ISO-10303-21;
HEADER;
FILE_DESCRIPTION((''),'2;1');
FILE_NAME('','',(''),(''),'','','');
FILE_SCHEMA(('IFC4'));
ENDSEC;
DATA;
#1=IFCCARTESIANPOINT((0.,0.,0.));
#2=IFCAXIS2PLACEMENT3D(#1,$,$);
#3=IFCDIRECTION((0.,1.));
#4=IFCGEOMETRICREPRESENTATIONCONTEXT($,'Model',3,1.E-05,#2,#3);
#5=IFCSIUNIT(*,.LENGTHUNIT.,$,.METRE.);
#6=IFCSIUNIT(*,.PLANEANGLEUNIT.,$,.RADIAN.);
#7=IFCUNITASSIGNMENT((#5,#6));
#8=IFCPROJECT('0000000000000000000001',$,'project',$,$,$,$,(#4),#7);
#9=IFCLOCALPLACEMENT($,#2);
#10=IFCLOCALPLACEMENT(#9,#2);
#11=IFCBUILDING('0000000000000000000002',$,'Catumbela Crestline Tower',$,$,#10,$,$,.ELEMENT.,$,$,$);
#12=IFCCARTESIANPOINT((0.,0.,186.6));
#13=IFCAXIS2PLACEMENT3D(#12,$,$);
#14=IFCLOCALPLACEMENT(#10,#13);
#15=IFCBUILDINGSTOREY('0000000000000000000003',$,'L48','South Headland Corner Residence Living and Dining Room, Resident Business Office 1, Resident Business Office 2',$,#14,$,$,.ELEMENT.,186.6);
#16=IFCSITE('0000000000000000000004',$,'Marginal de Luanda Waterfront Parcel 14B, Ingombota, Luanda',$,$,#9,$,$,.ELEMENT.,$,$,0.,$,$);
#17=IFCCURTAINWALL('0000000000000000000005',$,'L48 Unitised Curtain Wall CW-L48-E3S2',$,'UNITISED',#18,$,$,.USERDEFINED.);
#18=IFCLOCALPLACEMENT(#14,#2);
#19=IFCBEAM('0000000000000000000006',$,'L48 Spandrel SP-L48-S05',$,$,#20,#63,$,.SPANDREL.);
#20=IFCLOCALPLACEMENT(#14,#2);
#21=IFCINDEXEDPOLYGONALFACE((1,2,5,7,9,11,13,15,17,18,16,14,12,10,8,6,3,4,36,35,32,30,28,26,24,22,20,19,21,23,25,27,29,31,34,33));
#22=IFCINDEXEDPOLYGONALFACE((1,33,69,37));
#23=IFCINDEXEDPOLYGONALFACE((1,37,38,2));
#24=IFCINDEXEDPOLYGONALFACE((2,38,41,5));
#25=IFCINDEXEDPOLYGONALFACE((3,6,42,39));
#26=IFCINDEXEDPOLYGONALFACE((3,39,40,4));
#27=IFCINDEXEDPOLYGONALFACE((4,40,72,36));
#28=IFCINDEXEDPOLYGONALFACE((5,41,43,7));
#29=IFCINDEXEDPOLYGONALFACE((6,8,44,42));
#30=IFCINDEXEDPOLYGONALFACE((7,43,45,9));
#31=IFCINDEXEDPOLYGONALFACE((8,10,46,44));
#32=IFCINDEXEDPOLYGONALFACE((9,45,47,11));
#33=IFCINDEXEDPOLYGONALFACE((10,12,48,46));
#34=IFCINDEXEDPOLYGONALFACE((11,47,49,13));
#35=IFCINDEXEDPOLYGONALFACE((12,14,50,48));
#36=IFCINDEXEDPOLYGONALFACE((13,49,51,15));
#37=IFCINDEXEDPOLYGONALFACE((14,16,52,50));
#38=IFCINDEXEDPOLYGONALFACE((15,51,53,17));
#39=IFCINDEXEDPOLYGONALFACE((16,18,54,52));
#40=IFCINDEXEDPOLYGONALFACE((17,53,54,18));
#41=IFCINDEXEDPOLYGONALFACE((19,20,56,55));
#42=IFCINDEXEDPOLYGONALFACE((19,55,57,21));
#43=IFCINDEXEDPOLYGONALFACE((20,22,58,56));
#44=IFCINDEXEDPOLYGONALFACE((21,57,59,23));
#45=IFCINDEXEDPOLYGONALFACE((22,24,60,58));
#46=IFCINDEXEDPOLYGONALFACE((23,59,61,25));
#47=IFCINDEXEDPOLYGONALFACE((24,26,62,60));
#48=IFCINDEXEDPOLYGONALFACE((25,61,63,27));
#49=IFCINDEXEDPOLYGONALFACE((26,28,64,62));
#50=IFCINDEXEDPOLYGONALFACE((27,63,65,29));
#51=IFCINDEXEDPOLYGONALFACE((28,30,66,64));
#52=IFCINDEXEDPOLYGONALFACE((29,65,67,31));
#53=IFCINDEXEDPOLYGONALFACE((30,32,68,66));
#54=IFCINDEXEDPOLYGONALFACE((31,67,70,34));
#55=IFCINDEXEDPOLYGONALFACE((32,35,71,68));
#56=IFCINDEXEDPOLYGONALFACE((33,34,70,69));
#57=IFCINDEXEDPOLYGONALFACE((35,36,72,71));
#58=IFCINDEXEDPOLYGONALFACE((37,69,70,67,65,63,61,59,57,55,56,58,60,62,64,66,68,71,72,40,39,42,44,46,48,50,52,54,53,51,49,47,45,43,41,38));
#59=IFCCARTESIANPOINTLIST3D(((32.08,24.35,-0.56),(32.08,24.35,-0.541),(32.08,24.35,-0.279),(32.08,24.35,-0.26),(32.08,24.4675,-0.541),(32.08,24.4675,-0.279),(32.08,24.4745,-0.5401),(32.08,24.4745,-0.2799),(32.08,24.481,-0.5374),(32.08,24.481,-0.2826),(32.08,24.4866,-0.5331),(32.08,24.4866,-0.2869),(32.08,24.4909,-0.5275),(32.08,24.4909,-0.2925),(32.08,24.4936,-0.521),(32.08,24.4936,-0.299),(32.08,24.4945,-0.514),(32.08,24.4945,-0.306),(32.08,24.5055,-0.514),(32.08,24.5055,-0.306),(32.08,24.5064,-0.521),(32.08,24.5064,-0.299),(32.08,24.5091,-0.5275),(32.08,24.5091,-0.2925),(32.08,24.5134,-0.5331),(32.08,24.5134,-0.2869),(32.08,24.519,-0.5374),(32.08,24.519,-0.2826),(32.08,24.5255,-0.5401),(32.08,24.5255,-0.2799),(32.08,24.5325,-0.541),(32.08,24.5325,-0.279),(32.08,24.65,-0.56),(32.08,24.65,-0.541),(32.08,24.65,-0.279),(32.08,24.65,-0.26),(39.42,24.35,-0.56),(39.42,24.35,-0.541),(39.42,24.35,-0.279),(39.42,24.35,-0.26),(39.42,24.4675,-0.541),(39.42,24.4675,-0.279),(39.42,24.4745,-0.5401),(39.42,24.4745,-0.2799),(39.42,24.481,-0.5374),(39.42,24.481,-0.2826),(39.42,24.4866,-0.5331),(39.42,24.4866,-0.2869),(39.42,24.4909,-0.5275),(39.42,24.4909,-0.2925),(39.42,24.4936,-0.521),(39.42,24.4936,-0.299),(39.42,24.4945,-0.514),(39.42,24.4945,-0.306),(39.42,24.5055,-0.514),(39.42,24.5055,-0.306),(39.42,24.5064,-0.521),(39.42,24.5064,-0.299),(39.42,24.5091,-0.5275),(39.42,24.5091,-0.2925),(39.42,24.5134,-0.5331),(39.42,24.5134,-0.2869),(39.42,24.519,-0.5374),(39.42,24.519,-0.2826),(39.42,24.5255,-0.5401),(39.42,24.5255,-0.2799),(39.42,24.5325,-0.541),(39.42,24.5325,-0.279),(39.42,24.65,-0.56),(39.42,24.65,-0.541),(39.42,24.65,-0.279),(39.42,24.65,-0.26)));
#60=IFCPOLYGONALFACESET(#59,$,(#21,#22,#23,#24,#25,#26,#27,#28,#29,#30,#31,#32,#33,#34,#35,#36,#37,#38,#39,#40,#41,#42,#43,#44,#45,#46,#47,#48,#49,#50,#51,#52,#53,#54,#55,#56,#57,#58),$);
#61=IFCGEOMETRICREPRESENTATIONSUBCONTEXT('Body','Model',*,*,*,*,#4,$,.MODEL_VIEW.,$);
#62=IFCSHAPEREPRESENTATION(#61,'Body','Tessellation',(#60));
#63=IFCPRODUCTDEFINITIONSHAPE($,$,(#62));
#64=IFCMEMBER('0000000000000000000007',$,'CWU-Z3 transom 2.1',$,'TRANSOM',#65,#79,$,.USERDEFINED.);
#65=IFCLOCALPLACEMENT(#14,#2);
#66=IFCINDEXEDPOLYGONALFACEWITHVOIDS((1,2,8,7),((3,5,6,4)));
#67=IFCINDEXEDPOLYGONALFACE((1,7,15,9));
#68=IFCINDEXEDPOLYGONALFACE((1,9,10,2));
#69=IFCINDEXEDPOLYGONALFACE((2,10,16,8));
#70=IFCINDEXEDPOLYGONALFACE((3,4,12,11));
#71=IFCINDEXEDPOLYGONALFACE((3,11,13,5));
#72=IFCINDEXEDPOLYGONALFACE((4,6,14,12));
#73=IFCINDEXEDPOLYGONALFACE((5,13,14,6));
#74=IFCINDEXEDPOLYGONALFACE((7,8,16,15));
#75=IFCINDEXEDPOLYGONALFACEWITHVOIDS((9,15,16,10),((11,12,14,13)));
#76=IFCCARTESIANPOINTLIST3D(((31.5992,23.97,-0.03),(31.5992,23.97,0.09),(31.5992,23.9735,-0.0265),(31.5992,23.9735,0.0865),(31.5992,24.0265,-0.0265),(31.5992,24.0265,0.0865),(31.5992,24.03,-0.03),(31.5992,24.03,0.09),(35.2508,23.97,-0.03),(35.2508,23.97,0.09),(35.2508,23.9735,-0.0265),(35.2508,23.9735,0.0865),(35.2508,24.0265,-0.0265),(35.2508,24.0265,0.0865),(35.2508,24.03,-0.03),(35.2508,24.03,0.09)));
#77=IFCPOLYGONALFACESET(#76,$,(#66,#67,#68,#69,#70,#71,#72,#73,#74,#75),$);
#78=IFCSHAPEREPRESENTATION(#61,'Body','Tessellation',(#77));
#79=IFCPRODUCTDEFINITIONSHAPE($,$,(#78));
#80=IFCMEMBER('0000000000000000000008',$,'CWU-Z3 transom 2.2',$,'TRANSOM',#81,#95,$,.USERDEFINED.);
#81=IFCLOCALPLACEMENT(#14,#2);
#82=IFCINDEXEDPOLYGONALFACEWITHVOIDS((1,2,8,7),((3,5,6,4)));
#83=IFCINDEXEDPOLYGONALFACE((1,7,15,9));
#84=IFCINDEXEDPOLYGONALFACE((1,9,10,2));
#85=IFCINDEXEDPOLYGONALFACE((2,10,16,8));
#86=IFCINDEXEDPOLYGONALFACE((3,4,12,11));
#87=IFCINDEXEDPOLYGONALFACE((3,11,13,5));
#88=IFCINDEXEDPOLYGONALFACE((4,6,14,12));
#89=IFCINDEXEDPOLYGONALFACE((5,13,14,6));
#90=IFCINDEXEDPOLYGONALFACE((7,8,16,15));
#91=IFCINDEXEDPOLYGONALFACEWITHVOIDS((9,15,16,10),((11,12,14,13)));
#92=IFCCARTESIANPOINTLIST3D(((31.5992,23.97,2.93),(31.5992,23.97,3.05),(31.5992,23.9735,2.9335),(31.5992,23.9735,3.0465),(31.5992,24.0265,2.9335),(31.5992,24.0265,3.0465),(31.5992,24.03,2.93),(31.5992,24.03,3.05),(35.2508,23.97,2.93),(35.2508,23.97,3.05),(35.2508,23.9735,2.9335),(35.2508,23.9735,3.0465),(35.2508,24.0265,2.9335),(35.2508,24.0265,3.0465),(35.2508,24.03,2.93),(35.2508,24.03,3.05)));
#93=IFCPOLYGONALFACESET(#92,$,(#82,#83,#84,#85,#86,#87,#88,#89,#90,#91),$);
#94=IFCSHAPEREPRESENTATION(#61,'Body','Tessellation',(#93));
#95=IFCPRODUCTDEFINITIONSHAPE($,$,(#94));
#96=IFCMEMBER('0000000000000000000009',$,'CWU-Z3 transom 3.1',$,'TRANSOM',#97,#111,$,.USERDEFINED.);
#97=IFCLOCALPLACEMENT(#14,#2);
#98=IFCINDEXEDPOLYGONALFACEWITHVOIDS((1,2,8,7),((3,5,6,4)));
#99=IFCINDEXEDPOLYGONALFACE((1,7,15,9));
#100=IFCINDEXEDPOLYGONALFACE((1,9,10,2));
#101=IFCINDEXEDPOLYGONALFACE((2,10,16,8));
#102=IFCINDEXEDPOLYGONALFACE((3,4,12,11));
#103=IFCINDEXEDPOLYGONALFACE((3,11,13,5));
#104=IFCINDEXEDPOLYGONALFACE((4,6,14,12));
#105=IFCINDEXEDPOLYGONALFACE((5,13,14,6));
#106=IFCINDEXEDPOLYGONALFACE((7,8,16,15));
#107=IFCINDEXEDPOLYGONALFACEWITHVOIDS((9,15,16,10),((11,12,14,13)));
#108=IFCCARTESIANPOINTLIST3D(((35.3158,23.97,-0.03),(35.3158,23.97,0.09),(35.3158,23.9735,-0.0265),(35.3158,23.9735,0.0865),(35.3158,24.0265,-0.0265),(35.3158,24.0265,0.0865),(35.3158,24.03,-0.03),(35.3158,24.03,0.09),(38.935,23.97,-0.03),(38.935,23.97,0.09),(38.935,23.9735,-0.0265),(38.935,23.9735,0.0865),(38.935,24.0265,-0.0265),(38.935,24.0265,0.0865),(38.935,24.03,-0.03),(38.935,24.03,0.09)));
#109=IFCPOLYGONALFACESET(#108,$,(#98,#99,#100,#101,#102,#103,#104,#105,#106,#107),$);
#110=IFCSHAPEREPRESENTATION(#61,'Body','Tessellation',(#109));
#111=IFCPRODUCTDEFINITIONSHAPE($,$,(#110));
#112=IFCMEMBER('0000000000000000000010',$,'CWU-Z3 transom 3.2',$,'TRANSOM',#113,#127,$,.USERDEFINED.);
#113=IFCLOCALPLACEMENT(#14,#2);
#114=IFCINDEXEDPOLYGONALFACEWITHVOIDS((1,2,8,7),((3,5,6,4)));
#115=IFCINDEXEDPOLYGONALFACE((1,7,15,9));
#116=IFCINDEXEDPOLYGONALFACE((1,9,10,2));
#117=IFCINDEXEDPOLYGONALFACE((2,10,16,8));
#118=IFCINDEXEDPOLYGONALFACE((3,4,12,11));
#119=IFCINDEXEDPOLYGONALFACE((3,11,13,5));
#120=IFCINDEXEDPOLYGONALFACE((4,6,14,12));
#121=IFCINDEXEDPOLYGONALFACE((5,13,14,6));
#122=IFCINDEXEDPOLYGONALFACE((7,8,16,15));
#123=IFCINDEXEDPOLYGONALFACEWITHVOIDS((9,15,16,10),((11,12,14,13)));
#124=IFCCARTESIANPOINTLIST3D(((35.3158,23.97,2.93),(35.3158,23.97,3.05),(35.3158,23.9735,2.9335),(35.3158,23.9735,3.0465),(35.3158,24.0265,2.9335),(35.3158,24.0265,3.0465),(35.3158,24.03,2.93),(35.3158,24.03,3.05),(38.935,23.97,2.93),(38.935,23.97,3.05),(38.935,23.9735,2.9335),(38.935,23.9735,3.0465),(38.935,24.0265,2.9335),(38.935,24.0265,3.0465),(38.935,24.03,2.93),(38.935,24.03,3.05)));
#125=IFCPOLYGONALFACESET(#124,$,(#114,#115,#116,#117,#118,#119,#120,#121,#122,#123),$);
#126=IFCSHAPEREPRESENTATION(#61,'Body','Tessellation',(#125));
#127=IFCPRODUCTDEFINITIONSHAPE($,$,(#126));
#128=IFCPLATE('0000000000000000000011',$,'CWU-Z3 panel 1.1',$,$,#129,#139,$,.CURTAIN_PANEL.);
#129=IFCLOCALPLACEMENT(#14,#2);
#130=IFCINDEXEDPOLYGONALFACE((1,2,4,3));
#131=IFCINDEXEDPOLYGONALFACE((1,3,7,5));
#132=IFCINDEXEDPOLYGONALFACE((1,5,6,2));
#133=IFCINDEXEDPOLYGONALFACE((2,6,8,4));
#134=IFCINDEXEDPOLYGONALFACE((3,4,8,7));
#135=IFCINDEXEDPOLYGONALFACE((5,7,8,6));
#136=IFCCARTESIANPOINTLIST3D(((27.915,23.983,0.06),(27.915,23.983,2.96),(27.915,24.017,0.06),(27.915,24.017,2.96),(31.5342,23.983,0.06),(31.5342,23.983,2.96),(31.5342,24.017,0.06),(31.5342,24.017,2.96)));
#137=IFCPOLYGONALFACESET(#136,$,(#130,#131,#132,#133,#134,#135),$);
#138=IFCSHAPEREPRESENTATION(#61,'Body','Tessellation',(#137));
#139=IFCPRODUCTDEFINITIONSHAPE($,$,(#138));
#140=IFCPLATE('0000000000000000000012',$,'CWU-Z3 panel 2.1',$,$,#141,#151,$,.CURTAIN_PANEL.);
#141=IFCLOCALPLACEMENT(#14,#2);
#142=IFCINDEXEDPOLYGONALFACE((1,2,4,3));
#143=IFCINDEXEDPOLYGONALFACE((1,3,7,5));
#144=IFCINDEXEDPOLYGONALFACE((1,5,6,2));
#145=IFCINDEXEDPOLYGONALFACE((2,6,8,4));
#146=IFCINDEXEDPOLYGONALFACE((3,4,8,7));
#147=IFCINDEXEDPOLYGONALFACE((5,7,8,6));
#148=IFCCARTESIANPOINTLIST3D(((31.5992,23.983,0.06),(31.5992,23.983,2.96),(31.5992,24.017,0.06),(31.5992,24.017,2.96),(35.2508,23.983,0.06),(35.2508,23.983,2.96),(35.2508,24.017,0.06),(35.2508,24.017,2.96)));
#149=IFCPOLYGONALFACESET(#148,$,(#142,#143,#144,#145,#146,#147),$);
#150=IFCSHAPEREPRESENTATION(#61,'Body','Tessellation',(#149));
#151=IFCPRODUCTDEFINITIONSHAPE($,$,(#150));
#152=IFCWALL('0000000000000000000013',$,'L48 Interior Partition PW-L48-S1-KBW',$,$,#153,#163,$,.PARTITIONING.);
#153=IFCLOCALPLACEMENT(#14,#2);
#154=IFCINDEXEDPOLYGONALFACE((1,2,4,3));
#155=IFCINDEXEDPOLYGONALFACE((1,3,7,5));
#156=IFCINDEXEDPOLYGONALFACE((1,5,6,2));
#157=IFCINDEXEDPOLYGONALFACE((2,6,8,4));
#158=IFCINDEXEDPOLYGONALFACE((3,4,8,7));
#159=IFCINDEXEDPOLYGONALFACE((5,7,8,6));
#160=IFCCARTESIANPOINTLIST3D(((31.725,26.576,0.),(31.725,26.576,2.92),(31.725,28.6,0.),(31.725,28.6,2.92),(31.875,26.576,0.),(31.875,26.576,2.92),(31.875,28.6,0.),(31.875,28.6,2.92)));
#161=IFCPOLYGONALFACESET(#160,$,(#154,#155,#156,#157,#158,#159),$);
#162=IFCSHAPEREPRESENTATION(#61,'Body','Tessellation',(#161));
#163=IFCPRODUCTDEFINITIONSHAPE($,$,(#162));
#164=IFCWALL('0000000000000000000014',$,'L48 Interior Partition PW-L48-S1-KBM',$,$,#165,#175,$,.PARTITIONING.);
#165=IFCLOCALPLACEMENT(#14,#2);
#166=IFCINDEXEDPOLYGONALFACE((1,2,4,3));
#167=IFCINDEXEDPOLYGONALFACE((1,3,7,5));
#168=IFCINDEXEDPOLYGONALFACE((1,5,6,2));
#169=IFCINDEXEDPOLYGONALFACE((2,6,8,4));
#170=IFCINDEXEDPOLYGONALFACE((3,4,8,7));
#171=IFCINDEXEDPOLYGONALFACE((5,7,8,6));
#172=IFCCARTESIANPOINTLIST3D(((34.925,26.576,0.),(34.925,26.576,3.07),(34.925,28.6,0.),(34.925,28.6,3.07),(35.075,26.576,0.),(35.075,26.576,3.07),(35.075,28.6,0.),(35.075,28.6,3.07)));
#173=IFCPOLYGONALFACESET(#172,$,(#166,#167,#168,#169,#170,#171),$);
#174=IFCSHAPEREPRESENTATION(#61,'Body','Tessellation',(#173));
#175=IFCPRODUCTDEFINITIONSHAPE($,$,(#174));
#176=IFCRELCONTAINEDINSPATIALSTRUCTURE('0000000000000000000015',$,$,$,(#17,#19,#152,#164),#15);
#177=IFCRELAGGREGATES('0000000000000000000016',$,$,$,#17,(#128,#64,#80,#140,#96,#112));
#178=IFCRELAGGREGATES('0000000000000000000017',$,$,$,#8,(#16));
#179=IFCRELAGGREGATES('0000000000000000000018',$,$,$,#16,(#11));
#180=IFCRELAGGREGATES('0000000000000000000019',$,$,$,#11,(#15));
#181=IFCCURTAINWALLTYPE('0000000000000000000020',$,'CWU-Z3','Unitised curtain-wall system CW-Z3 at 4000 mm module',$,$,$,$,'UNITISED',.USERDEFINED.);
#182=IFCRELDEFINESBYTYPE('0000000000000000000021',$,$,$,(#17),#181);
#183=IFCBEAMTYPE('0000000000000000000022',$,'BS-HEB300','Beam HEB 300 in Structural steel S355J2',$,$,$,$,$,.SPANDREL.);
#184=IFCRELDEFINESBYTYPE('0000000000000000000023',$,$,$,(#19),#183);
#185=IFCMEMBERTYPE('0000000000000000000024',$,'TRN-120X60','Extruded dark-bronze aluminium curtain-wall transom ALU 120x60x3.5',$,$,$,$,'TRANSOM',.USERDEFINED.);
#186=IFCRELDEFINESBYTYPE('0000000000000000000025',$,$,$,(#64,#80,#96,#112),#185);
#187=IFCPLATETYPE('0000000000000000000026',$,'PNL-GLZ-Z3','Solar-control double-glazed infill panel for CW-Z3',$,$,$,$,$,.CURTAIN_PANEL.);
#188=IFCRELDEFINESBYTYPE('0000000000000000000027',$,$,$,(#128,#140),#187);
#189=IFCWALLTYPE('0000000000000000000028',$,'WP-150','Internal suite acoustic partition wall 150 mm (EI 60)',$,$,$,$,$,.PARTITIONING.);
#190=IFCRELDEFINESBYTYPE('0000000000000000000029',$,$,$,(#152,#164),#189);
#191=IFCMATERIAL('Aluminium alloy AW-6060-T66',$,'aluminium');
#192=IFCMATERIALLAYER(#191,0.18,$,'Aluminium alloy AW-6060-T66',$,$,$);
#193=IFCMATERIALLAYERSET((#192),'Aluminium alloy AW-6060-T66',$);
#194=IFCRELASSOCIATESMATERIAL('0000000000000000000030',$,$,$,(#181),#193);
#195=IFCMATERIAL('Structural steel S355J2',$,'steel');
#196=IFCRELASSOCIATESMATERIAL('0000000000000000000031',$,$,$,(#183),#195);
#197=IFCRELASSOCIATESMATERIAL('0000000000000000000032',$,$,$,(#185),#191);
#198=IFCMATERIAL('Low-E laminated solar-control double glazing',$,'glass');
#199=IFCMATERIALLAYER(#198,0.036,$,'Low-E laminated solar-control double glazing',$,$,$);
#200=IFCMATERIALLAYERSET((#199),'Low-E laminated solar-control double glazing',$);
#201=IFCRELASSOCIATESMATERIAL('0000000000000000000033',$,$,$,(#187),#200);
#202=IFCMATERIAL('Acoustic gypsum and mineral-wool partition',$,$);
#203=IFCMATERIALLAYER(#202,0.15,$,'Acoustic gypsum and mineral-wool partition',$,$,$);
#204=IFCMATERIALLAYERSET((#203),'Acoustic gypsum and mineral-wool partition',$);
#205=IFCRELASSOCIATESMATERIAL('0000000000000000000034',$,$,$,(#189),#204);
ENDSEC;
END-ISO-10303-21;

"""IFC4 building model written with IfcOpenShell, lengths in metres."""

from ifc_helpers import new_model, si_unit, direction, frame, frame_2d, origin, origin_2d, place, context, subcontext, project, spatial, rectangle, hollow_rectangle, i_section, extrude, material, layer, layer_set, material_profile, profile_set, type_object, element, aggregate, save


model = new_model("IFC4")

# Units and contexts
model_context = context("Model", 3, precision=1e-05, world=origin(), true_north=direction((0.0, 1.0)))
body_context = subcontext(model_context, "Body", "Model", "MODEL_VIEW")
ifc_project = project(units=[si_unit("LENGTHUNIT", "METRE"), si_unit("PLANEANGLEUNIT", "RADIAN")], contexts=[model_context])

# Site, building, storey
site_placement = place(None, origin())
site = spatial("IfcSite", under=ifc_project, at=site_placement, Name="Marginal de Luanda Waterfront Parcel 14B, Ingombota, Luanda", CompositionType="ELEMENT", RefElevation=0.0)
building_placement = place(site_placement, origin())
building = spatial("IfcBuilding", under=site, at=building_placement, Name="Catumbela Crestline Tower", CompositionType="ELEMENT")
storey_placement = place(building_placement, frame((0.0, 0.0, 186.6)))
storey = spatial("IfcBuildingStorey", under=building, at=storey_placement, Name="L48", Description="South Headland Corner Residence Living and Dining Room, Resident Business Office 1, Resident Business Office 2", CompositionType="ELEMENT", Elevation=186.6)

# Shared definitions
ifc_material_1 = material(Name="Structural steel S355J2", Category="steel")

# Curtain wall
ifc_material_2 = material(Name="Aluminium alloy AW-6060-T66", Category="aluminium")
ifc_layer_1 = layer(ifc_material_2, 0.18, Name="Aluminium alloy AW-6060-T66")
ifc_layer_set_1 = layer_set([ifc_layer_1], Name="Aluminium alloy AW-6060-T66")
curtain_wall_type = type_object("IfcCurtainWallType", Name="CWU-Z3", Description="Unitised curtain-wall system CW-Z3 at 4000 mm module", ElementType="UNITISED", PredefinedType="USERDEFINED", material=ifc_layer_set_1)
curtain_wall_placement = place(storey_placement, origin())
curtain_wall = element("IfcCurtainWall", 1, at=curtain_wall_placement, inside=storey, type_object=curtain_wall_type, Name="L48 Unitised Curtain Wall CW-L48-E3S2", ObjectType="UNITISED", PredefinedType="USERDEFINED")

# Beam
ifc_material_profile_1 = material_profile(ifc_material_1, i_section(OverallWidth=0.3, OverallDepth=0.3, WebThickness=0.011, FlangeThickness=0.019, FilletRadius=0.027, at=origin_2d()), Name="HEB 300")
ifc_profile_set_1 = profile_set([ifc_material_profile_1], Name="Structural steel S355J2")
beam_type_1 = type_object("IfcBeamType", Name="BS-HEB300", Description="Beam HEB 300 in Structural steel S355J2", PredefinedType="SPANDREL", material=ifc_profile_set_1)
beam_1_placement = place(storey_placement, frame((32.08, 24.5, -0.41), z_axis=(1.0, 0.0, 0.0), x_axis=(0.0, 1.0, 0.0)))
element("IfcBeam", 2, at=beam_1_placement, inside=storey, type_object=beam_type_1, Name="L48 Spandrel SP-L48-S05", PredefinedType="SPANDREL", context=body_context, shape_type="SweptSolid", body=[
    extrude(i_section(OverallWidth=0.3, OverallDepth=0.3, WebThickness=0.011, FlangeThickness=0.019, FilletRadius=0.027, at=origin_2d()), origin(), (0.0, 0.0, 1.0), 7.34),
])

# Members
ifc_material_profile_2 = material_profile(ifc_material_2, hollow_rectangle(XDim=0.06, YDim=0.12, WallThickness=0.0035, at=origin_2d()), Name="ALU 120x60x3.5")
ifc_profile_set_2 = profile_set([ifc_material_profile_2], Name="Aluminium alloy AW-6060-T66")
member_type_1 = type_object("IfcMemberType", Name="TRN-120X60", Description="Extruded dark-bronze aluminium curtain-wall transom ALU 120x60x3.5", ElementType="TRANSOM", PredefinedType="USERDEFINED", material=ifc_profile_set_2)
member_1_placement = place(storey_placement, frame((31.5992, 24.0, 0.03), z_axis=(1.0, 0.0, 0.0), x_axis=(0.0, 1.0, 0.0)))
member_1 = element("IfcMember", 3, at=member_1_placement, type_object=member_type_1, Name="CWU-Z3 transom 2.1", ObjectType="TRANSOM", PredefinedType="USERDEFINED", context=body_context, shape_type="SweptSolid", body=[
    extrude(hollow_rectangle(XDim=0.06, YDim=0.12, WallThickness=0.0035, at=origin_2d()), origin(), (0.0, 0.0, 1.0), 3.6516),
])
member_2_placement = place(storey_placement, frame((31.5992, 24.0, 2.99), z_axis=(1.0, 0.0, 0.0), x_axis=(0.0, 1.0, 0.0)))
member_2 = element("IfcMember", 4, at=member_2_placement, type_object=member_type_1, Name="CWU-Z3 transom 2.2", ObjectType="TRANSOM", PredefinedType="USERDEFINED", context=body_context, shape_type="SweptSolid", body=[
    extrude(hollow_rectangle(XDim=0.06, YDim=0.12, WallThickness=0.0035, at=origin_2d()), origin(), (0.0, 0.0, 1.0), 3.6516),
])
member_3_placement = place(storey_placement, frame((35.3158, 24.0, 0.03), z_axis=(1.0, 0.0, 0.0), x_axis=(0.0, 1.0, 0.0)))
member_3 = element("IfcMember", 5, at=member_3_placement, type_object=member_type_1, Name="CWU-Z3 transom 3.1", ObjectType="TRANSOM", PredefinedType="USERDEFINED", context=body_context, shape_type="SweptSolid", body=[
    extrude(hollow_rectangle(XDim=0.06, YDim=0.12, WallThickness=0.0035, at=origin_2d()), origin(), (0.0, 0.0, 1.0), 3.6192),
])
member_4_placement = place(storey_placement, frame((35.3158, 24.0, 2.99), z_axis=(1.0, 0.0, 0.0), x_axis=(0.0, 1.0, 0.0)))
member_4 = element("IfcMember", 6, at=member_4_placement, type_object=member_type_1, Name="CWU-Z3 transom 3.2", ObjectType="TRANSOM", PredefinedType="USERDEFINED", context=body_context, shape_type="SweptSolid", body=[
    extrude(hollow_rectangle(XDim=0.06, YDim=0.12, WallThickness=0.0035, at=origin_2d()), origin(), (0.0, 0.0, 1.0), 3.6192),
])

# Plates
ifc_material_3 = material(Name="Low-E laminated solar-control double glazing", Category="glass")
ifc_layer_2 = layer(ifc_material_3, 0.036, Name="Low-E laminated solar-control double glazing")
ifc_layer_set_2 = layer_set([ifc_layer_2], Name="Low-E laminated solar-control double glazing")
plate_type = type_object("IfcPlateType", Name="PNL-GLZ-Z3", Description="Solar-control double-glazed infill panel for CW-Z3", PredefinedType="CURTAIN_PANEL", material=ifc_layer_set_2)
plate_1_placement = place(storey_placement, frame((29.7246, 24.0, 0.06), z_axis=(0.0, 0.0, 1.0), x_axis=(1.0, 0.0, 0.0)))
plate_1 = element("IfcPlate", 7, at=plate_1_placement, type_object=plate_type, Name="CWU-Z3 panel 1.1", PredefinedType="CURTAIN_PANEL", context=body_context, shape_type="SweptSolid", body=[
    extrude(rectangle(XDim=3.6192, YDim=0.034, at=origin_2d()), origin(), (0.0, 0.0, 1.0), 2.9),
])
plate_2_placement = place(storey_placement, frame((33.425, 24.0, 0.06), z_axis=(0.0, 0.0, 1.0), x_axis=(1.0, 0.0, 0.0)))
plate_2 = element("IfcPlate", 8, at=plate_2_placement, type_object=plate_type, Name="CWU-Z3 panel 2.1", PredefinedType="CURTAIN_PANEL", context=body_context, shape_type="SweptSolid", body=[
    extrude(rectangle(XDim=3.6517, YDim=0.034, at=origin_2d()), origin(), (0.0, 0.0, 1.0), 2.9),
])
aggregate(curtain_wall, [plate_1, member_1, member_2, plate_2, member_3, member_4])

# Walls
ifc_material_4 = material(Name="Acoustic gypsum and mineral-wool partition")
ifc_layer_3 = layer(ifc_material_4, 0.15, Name="Acoustic gypsum and mineral-wool partition")
ifc_layer_set_3 = layer_set([ifc_layer_3], Name="Acoustic gypsum and mineral-wool partition")
wall_type = type_object("IfcWallType", Name="WP-150", Description="Internal suite acoustic partition wall 150 mm (EI 60)", PredefinedType="PARTITIONING", material=ifc_layer_set_3)
wall_1_placement = place(storey_placement, frame((31.8, 26.576, 0.0), z_axis=(0.0, 0.0, 1.0), x_axis=(0.0, 1.0, 0.0)))
element("IfcWall", 9, at=wall_1_placement, inside=storey, type_object=wall_type, Name="L48 Interior Partition PW-L48-S1-KBW", PredefinedType="PARTITIONING", context=body_context, shape_type="SweptSolid", body=[
    extrude(rectangle(XDim=2.024, YDim=0.15, at=frame_2d((1.012, 0.0))), origin(), (0.0, 0.0, 1.0), 2.92),
])
wall_2_placement = place(storey_placement, frame((35.0, 26.576, 0.0), z_axis=(0.0, 0.0, 1.0), x_axis=(0.0, 1.0, 0.0)))
element("IfcWall", 10, at=wall_2_placement, inside=storey, type_object=wall_type, Name="L48 Interior Partition PW-L48-S1-KBM", PredefinedType="PARTITIONING", context=body_context, shape_type="SweptSolid", body=[
    extrude(rectangle(XDim=2.024, YDim=0.15, at=frame_2d((1.012, 0.0))), origin(), (0.0, 0.0, 1.0), 3.07),
])

save(model, "model.ifc")
